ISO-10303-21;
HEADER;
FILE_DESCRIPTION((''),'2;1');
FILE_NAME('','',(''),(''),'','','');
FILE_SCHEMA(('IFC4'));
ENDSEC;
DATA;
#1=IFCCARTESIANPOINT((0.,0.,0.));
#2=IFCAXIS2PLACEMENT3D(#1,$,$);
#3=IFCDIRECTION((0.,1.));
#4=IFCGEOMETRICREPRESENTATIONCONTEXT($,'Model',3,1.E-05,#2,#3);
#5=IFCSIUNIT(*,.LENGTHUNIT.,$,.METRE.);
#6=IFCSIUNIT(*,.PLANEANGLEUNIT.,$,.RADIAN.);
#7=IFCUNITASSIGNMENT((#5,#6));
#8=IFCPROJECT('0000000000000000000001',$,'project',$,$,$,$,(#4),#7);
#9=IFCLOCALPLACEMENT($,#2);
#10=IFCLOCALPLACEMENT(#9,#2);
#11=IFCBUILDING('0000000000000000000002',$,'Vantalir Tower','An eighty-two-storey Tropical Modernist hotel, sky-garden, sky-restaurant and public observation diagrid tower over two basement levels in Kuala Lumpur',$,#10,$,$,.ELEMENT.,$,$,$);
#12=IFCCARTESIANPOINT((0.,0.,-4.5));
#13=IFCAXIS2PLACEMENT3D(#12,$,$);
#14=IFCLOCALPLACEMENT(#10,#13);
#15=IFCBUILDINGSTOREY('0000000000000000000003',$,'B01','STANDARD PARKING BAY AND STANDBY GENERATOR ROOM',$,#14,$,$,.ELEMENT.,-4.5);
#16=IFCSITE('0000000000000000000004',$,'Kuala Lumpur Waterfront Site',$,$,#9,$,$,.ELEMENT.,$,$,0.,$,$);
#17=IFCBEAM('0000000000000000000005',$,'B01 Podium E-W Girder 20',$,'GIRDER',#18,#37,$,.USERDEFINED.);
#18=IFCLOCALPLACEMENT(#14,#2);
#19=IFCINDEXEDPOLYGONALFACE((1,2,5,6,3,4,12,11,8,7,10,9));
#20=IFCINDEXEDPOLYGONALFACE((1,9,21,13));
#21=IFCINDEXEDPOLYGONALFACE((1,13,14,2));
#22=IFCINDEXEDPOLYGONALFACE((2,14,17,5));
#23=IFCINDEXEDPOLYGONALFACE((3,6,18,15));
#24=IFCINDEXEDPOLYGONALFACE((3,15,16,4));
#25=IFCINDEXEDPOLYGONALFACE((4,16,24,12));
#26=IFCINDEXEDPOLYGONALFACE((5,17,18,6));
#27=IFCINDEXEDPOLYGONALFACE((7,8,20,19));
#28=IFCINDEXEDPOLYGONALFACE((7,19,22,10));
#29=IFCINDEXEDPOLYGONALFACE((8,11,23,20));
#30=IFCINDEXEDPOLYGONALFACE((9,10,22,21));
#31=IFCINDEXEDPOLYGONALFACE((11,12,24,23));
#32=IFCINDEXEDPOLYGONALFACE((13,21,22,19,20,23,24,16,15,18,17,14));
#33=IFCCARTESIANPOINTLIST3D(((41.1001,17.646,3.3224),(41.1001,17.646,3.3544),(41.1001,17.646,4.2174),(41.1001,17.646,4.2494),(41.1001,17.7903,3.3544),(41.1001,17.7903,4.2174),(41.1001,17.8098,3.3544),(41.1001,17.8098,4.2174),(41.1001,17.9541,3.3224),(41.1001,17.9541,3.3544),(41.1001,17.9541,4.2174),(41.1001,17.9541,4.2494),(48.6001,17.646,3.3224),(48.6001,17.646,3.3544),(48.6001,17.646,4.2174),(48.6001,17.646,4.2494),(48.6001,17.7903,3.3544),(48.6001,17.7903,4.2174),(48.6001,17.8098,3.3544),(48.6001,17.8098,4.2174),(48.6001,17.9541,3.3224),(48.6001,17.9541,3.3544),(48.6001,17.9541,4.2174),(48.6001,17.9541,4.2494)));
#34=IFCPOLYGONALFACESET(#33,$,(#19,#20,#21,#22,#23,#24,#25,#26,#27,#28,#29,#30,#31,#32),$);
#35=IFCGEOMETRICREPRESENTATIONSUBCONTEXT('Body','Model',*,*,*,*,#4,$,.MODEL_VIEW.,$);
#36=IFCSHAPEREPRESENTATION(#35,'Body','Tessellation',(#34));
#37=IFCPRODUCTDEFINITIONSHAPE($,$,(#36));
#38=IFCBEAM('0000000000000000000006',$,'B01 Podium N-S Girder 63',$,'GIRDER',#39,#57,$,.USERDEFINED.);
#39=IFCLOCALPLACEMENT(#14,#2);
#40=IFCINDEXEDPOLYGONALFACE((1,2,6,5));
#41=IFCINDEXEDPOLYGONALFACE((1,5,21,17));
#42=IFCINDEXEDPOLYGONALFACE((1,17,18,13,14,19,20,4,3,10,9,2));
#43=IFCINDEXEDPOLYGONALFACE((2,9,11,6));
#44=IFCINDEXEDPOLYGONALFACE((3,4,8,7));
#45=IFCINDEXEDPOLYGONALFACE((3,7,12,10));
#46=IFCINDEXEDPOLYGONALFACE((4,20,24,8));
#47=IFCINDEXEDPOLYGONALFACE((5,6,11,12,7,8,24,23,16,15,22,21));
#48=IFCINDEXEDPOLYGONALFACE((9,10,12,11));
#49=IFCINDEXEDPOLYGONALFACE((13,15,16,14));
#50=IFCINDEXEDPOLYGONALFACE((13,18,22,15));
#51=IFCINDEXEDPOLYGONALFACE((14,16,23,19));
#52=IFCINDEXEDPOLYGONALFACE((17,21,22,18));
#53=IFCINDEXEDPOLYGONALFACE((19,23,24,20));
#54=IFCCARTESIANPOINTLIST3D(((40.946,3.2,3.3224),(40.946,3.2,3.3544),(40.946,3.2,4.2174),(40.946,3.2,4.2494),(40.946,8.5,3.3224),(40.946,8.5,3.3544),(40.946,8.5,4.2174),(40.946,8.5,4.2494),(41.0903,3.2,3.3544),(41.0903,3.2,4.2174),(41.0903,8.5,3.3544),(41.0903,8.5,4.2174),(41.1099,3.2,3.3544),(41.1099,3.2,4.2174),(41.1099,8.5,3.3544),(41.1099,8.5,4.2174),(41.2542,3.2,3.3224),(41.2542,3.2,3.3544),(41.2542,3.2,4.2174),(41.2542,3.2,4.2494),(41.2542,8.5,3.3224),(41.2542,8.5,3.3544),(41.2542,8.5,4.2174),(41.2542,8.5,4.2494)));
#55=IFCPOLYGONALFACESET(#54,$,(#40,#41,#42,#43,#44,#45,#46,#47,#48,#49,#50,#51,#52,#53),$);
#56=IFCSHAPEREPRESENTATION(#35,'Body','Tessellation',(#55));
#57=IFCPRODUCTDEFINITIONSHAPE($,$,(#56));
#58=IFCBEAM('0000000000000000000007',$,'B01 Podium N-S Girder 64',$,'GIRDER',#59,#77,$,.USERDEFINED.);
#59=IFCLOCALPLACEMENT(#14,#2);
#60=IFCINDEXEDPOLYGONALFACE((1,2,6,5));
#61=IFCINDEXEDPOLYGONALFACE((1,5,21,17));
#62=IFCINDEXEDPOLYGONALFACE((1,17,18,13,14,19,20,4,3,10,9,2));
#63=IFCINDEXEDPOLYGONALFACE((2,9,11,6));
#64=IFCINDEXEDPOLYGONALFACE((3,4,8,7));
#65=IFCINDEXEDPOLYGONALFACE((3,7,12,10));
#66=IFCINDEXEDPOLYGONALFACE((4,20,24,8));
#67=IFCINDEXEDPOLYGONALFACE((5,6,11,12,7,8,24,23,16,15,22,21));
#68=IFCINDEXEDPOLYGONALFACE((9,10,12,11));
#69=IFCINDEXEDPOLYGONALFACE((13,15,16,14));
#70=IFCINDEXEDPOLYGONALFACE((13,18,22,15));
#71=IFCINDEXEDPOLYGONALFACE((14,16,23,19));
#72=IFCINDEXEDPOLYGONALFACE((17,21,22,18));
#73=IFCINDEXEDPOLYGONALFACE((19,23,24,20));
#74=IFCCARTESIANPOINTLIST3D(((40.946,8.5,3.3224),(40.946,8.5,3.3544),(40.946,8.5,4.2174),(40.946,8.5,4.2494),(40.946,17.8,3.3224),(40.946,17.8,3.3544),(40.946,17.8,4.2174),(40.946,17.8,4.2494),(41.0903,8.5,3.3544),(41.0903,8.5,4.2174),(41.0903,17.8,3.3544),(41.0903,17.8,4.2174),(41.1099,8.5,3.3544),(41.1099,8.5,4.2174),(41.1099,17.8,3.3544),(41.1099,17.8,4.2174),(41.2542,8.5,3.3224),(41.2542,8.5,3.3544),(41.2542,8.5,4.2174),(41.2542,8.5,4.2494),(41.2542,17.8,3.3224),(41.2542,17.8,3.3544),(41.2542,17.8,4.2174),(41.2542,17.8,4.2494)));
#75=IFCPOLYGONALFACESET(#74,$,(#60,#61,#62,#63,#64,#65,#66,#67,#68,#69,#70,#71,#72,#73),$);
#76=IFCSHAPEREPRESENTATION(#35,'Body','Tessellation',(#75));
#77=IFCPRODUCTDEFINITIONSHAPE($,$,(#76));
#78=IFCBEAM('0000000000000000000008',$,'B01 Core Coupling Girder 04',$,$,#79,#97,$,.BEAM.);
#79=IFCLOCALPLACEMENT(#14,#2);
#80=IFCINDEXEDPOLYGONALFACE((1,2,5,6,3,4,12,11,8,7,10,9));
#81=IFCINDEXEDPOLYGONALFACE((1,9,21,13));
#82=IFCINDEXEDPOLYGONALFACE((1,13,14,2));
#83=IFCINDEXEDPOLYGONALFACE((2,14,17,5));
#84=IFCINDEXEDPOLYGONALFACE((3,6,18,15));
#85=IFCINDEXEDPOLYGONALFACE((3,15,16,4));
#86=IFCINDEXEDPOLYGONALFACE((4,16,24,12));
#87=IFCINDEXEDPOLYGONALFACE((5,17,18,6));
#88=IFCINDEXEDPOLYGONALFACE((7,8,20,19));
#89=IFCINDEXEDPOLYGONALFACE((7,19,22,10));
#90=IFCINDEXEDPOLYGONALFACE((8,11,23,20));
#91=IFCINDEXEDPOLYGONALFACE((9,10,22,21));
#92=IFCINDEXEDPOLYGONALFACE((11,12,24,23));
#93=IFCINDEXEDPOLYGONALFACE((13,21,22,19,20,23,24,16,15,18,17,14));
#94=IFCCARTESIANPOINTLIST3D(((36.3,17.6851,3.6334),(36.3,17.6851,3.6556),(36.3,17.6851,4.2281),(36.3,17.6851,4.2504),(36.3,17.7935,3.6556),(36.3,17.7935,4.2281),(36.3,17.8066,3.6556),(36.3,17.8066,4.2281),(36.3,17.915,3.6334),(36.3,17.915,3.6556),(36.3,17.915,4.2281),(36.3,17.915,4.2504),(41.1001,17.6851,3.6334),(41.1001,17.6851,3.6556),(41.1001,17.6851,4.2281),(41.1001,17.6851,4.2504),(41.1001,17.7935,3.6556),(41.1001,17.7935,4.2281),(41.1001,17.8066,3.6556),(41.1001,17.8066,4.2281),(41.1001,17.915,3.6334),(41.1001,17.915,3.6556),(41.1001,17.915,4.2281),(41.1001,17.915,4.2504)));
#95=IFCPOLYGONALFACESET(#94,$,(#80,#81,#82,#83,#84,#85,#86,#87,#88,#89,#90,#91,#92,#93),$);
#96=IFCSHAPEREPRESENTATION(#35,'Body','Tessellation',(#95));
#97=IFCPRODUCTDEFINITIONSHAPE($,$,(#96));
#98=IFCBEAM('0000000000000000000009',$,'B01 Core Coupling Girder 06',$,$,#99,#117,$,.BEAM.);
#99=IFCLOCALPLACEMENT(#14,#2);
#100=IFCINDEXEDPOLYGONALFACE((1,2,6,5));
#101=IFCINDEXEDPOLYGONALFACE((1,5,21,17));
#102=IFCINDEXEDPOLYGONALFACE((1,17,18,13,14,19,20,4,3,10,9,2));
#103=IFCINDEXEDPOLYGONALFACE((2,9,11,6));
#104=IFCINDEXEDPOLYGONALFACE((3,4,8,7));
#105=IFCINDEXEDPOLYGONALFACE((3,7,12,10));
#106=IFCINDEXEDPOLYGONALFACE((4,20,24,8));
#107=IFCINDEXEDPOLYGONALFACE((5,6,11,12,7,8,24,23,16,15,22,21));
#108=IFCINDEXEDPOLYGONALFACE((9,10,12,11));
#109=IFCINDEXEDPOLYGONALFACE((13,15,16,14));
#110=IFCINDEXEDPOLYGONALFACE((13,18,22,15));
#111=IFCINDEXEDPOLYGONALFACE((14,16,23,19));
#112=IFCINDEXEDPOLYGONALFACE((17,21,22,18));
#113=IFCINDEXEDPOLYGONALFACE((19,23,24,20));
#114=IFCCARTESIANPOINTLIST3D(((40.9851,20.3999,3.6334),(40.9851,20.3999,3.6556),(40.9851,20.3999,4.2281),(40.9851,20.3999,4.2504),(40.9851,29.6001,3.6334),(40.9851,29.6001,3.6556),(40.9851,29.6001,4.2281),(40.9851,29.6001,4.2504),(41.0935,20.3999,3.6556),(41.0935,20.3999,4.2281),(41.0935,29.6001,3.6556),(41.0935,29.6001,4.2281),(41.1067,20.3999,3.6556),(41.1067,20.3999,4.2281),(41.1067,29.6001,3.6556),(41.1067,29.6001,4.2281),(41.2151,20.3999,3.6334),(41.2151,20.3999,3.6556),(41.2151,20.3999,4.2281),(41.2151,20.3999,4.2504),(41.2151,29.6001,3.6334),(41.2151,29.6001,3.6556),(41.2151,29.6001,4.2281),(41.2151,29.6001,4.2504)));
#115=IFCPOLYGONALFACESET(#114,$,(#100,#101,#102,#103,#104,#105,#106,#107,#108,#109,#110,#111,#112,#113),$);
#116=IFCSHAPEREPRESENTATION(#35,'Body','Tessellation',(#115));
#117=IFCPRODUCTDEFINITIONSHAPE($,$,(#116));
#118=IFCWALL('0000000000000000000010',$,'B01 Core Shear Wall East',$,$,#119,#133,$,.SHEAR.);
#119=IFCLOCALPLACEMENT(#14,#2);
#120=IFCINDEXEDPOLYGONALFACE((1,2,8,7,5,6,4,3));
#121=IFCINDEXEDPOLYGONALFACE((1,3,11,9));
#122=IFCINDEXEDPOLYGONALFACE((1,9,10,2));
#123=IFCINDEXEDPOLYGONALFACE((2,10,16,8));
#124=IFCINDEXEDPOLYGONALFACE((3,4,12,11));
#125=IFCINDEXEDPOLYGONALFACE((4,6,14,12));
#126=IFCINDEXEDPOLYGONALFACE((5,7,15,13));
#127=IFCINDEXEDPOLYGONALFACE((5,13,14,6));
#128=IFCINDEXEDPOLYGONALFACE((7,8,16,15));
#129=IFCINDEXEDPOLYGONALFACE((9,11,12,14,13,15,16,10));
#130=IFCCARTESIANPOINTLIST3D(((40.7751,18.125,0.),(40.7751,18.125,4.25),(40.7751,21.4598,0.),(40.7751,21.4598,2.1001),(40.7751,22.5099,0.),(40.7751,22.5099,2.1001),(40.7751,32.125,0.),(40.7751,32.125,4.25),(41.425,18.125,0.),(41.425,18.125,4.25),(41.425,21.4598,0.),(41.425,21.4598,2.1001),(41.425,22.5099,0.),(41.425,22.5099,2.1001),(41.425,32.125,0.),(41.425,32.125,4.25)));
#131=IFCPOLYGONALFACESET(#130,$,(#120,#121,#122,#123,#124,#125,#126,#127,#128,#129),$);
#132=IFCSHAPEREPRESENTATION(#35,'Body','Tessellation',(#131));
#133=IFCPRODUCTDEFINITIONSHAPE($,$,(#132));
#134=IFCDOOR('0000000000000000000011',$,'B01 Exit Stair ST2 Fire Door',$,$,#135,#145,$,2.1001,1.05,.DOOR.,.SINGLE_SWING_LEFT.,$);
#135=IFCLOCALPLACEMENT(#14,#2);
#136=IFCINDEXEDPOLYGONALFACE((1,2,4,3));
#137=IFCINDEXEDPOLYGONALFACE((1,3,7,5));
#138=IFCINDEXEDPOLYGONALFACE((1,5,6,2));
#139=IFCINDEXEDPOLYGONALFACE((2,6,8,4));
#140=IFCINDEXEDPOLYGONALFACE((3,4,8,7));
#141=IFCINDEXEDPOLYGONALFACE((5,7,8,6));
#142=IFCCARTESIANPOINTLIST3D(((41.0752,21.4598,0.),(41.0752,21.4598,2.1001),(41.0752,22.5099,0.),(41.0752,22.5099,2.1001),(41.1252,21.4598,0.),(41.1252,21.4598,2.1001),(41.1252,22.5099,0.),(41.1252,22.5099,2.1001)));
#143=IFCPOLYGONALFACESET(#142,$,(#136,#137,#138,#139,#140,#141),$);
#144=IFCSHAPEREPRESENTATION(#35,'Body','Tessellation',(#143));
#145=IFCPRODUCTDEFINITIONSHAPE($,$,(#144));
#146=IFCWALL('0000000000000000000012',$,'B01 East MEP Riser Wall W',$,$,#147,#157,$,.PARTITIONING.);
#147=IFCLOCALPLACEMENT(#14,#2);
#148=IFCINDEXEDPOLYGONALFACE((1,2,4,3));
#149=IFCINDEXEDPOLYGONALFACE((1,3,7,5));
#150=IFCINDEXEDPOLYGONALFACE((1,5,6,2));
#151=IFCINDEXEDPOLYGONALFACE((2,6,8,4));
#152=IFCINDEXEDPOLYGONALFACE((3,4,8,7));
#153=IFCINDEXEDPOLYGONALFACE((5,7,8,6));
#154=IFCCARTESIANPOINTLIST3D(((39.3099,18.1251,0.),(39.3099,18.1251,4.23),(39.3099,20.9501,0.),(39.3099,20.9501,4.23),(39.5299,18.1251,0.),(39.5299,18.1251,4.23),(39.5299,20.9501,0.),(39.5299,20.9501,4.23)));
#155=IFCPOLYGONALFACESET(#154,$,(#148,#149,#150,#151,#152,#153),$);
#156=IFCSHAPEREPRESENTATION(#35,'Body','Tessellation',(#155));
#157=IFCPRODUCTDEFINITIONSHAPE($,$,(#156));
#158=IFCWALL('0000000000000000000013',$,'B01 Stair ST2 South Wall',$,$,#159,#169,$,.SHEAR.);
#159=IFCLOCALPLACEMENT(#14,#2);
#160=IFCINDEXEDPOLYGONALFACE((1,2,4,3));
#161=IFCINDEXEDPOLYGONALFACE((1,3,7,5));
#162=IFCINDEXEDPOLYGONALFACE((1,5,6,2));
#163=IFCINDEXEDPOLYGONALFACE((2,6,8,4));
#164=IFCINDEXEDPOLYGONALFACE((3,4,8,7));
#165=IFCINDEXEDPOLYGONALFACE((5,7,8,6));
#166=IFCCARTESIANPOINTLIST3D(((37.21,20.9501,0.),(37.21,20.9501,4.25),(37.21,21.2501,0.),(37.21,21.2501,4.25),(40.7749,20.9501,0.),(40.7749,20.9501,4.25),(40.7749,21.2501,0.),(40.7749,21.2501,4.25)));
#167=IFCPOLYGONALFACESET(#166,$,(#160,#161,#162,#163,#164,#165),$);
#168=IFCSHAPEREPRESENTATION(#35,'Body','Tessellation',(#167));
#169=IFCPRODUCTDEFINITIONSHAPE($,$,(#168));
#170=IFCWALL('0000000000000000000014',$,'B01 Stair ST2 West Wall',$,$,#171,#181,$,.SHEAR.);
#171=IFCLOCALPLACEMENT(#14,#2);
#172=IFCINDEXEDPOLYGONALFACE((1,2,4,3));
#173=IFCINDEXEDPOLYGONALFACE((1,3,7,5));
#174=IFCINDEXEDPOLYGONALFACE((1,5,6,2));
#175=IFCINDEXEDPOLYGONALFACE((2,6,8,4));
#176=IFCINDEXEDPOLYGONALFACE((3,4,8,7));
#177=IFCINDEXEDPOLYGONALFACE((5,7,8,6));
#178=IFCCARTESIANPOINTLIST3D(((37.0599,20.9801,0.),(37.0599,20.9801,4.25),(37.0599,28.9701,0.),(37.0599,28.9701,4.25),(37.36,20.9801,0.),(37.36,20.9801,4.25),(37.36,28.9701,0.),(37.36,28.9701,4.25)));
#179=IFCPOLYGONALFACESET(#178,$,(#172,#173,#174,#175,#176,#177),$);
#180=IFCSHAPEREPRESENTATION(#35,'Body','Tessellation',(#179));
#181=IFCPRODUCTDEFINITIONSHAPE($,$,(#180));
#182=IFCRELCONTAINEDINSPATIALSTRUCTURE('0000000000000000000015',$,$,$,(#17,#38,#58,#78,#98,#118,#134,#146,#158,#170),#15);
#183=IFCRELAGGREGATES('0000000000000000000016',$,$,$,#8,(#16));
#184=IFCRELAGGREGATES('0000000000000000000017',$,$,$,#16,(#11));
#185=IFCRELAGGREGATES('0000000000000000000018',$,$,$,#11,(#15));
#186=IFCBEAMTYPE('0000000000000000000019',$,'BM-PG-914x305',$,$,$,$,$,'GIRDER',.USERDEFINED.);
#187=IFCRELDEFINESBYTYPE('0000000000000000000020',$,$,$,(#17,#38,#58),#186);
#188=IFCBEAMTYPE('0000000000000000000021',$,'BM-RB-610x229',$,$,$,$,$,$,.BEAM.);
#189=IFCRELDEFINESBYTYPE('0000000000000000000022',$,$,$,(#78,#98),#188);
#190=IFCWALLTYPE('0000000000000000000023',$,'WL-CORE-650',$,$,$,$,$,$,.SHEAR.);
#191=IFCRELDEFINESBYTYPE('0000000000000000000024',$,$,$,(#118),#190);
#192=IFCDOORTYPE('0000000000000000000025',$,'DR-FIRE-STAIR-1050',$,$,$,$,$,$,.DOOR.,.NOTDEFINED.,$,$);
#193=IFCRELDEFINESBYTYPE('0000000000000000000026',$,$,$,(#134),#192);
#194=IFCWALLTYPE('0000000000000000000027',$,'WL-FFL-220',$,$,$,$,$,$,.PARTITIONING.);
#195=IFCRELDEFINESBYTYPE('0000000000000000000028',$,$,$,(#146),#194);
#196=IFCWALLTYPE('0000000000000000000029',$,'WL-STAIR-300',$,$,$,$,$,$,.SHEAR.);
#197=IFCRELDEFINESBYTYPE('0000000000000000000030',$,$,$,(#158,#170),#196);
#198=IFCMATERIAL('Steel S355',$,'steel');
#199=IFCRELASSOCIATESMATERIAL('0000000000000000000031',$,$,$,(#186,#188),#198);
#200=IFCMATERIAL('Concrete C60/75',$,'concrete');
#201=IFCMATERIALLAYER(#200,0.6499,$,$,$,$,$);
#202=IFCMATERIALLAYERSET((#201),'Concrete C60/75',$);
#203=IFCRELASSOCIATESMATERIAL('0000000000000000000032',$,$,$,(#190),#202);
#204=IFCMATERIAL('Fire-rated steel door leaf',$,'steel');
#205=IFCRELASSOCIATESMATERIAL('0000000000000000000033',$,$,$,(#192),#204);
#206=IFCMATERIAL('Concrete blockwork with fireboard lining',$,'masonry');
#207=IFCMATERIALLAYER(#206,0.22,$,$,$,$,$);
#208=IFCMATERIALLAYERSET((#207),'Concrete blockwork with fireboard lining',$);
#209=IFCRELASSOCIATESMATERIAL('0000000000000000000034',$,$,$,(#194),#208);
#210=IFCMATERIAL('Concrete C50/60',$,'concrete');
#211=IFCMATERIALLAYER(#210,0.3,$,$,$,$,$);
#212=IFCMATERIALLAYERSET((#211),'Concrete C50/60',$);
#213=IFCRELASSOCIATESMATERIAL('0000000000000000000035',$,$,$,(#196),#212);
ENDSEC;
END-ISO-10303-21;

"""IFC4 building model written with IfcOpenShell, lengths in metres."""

from ifc_helpers import new_model, si_unit, direction, frame, frame_2d, origin, origin_2d, place, context, subcontext, project, spatial, rectangle, i_section, extrude, material, layer, layer_set, material_profile, profile_set, type_object, element, fill, save


model = new_model("IFC4")

# Units and contexts
model_context = context("Model", 3, precision=1e-05, world=origin(), true_north=direction((0.0, 1.0)))
body_context = subcontext(model_context, "Body", "Model", "MODEL_VIEW")
ifc_project = project(units=[si_unit("LENGTHUNIT", "METRE"), si_unit("PLANEANGLEUNIT", "RADIAN")], contexts=[model_context])

# Site, building, storey
site_placement = place(None, origin())
site = spatial("IfcSite", under=ifc_project, at=site_placement, Name="Kuala Lumpur Waterfront Site", CompositionType="ELEMENT", RefElevation=0.0)
building_placement = place(site_placement, origin())
building = spatial("IfcBuilding", under=site, at=building_placement, Name="Vantalir Tower", Description="An eighty-two-storey Tropical Modernist hotel, sky-garden, sky-restaurant and public observation diagrid tower over two basement levels in Kuala Lumpur", CompositionType="ELEMENT")
storey_placement = place(building_placement, frame((0.0, 0.0, -4.5)))
storey = spatial("IfcBuildingStorey", under=building, at=storey_placement, Name="B01", Description="STANDARD PARKING BAY AND STANDBY GENERATOR ROOM", CompositionType="ELEMENT", Elevation=-4.5)

# Shared definitions
ifc_material_1 = material(Name="Concrete C60/75", Category="concrete")
ifc_material_2 = material(Name="Concrete C50/60", Category="concrete")

# Beams
ifc_material_3 = material(Name="Steel S355", Category="steel")
ifc_material_profile_1 = material_profile(ifc_material_3, i_section(OverallWidth=0.3081, OverallDepth=0.927, WebThickness=0.0195, FlangeThickness=0.032, at=origin_2d()), Name="Steel S355")
ifc_profile_set_1 = profile_set([ifc_material_profile_1], Name="Steel S355")
beam_type_1 = type_object("IfcBeamType", Name="BM-PG-914x305", ElementType="GIRDER", PredefinedType="USERDEFINED", material=ifc_profile_set_1)
for number, where, z_axis, x_axis, name in (
    (1, (41.1001, 17.8, 3.7859), (1.0, 0.0, 0.0), (0.0, 1.0, 0.0), "B01 Podium E-W Girder 20"),
):
    element("IfcBeam", number, at=place(storey_placement, frame(where, z_axis=z_axis, x_axis=x_axis)), inside=storey, type_object=beam_type_1, Name=name, ObjectType="GIRDER", PredefinedType="USERDEFINED", context=body_context, shape_type="SweptSolid", body=[
        extrude(i_section(OverallWidth=0.3081, OverallDepth=0.927, WebThickness=0.0195, FlangeThickness=0.032, at=origin_2d()), origin(), (0.0, 0.0, 1.0), 7.5),
    ])
beam_1_placement = place(storey_placement, frame((41.1001, 3.2, 3.7859), z_axis=(0.0, 1.0, 0.0), x_axis=(-1.0, 0.0, 0.0)))
element("IfcBeam", 2, at=beam_1_placement, inside=storey, type_object=beam_type_1, Name="B01 Podium N-S Girder 63", ObjectType="GIRDER", PredefinedType="USERDEFINED", context=body_context, shape_type="SweptSolid", body=[
    extrude(i_section(OverallWidth=0.3081, OverallDepth=0.927, WebThickness=0.0195, FlangeThickness=0.032, at=origin_2d()), origin(), (0.0, 0.0, 1.0), 5.3),
])
beam_2_placement = place(storey_placement, frame((41.1001, 8.5, 3.7859), z_axis=(0.0, 1.0, 0.0), x_axis=(-1.0, 0.0, 0.0)))
element("IfcBeam", 3, at=beam_2_placement, inside=storey, type_object=beam_type_1, Name="B01 Podium N-S Girder 64", ObjectType="GIRDER", PredefinedType="USERDEFINED", context=body_context, shape_type="SweptSolid", body=[
    extrude(i_section(OverallWidth=0.3081, OverallDepth=0.927, WebThickness=0.0195, FlangeThickness=0.032, at=origin_2d()), origin(), (0.0, 0.0, 1.0), 9.3),
])
ifc_material_profile_2 = material_profile(ifc_material_3, i_section(OverallWidth=0.23, OverallDepth=0.6169, WebThickness=0.0132, FlangeThickness=0.0222, at=origin_2d()), Name="Steel S355")
ifc_profile_set_2 = profile_set([ifc_material_profile_2], Name="Steel S355")
beam_type_2 = type_object("IfcBeamType", Name="BM-RB-610x229", PredefinedType="BEAM", material=ifc_profile_set_2)
beam_3_placement = place(storey_placement, frame((36.3, 17.8, 3.9419), z_axis=(1.0, 0.0, 0.0), x_axis=(0.0, 1.0, 0.0)))
element("IfcBeam", 4, at=beam_3_placement, inside=storey, type_object=beam_type_2, Name="B01 Core Coupling Girder 04", PredefinedType="BEAM", context=body_context, shape_type="SweptSolid", body=[
    extrude(i_section(OverallWidth=0.23, OverallDepth=0.6169, WebThickness=0.0132, FlangeThickness=0.0222, at=origin_2d()), origin(), (0.0, 0.0, 1.0), 4.8),
])
beam_4_placement = place(storey_placement, frame((41.1001, 20.3999, 3.9419), z_axis=(0.0, 1.0, 0.0), x_axis=(-1.0, 0.0, 0.0)))
element("IfcBeam", 5, at=beam_4_placement, inside=storey, type_object=beam_type_2, Name="B01 Core Coupling Girder 06", PredefinedType="BEAM", context=body_context, shape_type="SweptSolid", body=[
    extrude(i_section(OverallWidth=0.23, OverallDepth=0.6169, WebThickness=0.0132, FlangeThickness=0.0222, at=origin_2d()), origin(), (0.0, 0.0, 1.0), 9.2002),
])

# Wall, opening, door
ifc_layer_1 = layer(ifc_material_1, 0.6499)
ifc_layer_set_1 = layer_set([ifc_layer_1], Name="Concrete C60/75")
wall_type_1 = type_object("IfcWallType", Name="WL-CORE-650", PredefinedType="SHEAR", material=ifc_layer_set_1)
wall_1_placement = place(storey_placement, frame((41.1001, 18.125, 0.0), z_axis=(0.0, 0.0, 1.0), x_axis=(0.0, 1.0, 0.0)))
wall_1 = element("IfcWall", 6, at=wall_1_placement, inside=storey, type_object=wall_type_1, Name="B01 Core Shear Wall East", PredefinedType="SHEAR", context=body_context, shape_type="SweptSolid", body=[
    extrude(rectangle(XDim=14.0, YDim=0.6499, at=frame_2d((7.0, 0.0))), origin(), (0.0, 0.0, 1.0), 4.25),
])
opening_placement = place(wall_1_placement, frame((3.335, 0.0, 0.0)))
opening = element("IfcOpeningElement", 7, at=opening_placement, cuts=wall_1, PredefinedType="OPENING", context=body_context, shape_type="SweptSolid", body=[
    extrude(rectangle(XDim=1.05, YDim=2.1001, at=frame_2d((0.5249, 1.05))), frame((0.0, 0.335, 0.0), z_axis=(0.0, -1.0, 0.0), x_axis=(1.0, 0.0, 0.0)), (0.0, 0.0, 1.0), 0.6699),
])
ifc_material_4 = material(Name="Fire-rated steel door leaf", Category="steel")
door_type = type_object("IfcDoorType", Name="DR-FIRE-STAIR-1050", OperationType="NOTDEFINED", PredefinedType="DOOR", material=ifc_material_4)
door_placement = place(opening_placement, origin())
door = element("IfcDoor", 8, at=door_placement, inside=storey, type_object=door_type, Name="B01 Exit Stair ST2 Fire Door", OperationType="SINGLE_SWING_LEFT", OverallHeight=2.1001, OverallWidth=1.05, PredefinedType="DOOR", context=body_context, shape_type="SweptSolid", body=[
    extrude(rectangle(XDim=1.05, YDim=2.1001, at=frame_2d((0.5249, 1.05))), frame((0.0, 0.0249, 0.0), z_axis=(0.0, -1.0, 0.0), x_axis=(1.0, 0.0, 0.0)), (0.0, 0.0, 1.0), 0.05),
])
fill(opening, door)

# Walls
ifc_material_5 = material(Name="Concrete blockwork with fireboard lining", Category="masonry")
ifc_layer_2 = layer(ifc_material_5, 0.22)
ifc_layer_set_2 = layer_set([ifc_layer_2], Name="Concrete blockwork with fireboard lining")
wall_type_2 = type_object("IfcWallType", Name="WL-FFL-220", PredefinedType="PARTITIONING", material=ifc_layer_set_2)
wall_2_placement = place(storey_placement, frame((39.4199, 18.125, 0.0), z_axis=(0.0, 0.0, 1.0), x_axis=(0.0, 1.0, 0.0)))
element("IfcWall", 9, at=wall_2_placement, inside=storey, type_object=wall_type_2, Name="B01 East MEP Riser Wall W", PredefinedType="PARTITIONING", context=body_context, shape_type="SweptSolid", body=[
    extrude(rectangle(XDim=2.825, YDim=0.22, at=frame_2d((1.4126, 0.0))), origin(), (0.0, 0.0, 1.0), 4.23),
])
ifc_layer_3 = layer(ifc_material_2, 0.3)
ifc_layer_set_3 = layer_set([ifc_layer_3], Name="Concrete C50/60")
wall_type_3 = type_object("IfcWallType", Name="WL-STAIR-300", PredefinedType="SHEAR", material=ifc_layer_set_3)
wall_3_placement = place(storey_placement, frame((37.21, 21.1001, 0.0), z_axis=(0.0, 0.0, 1.0), x_axis=(1.0, 0.0, 0.0)))
element("IfcWall", 10, at=wall_3_placement, inside=storey, type_object=wall_type_3, Name="B01 Stair ST2 South Wall", PredefinedType="SHEAR", context=body_context, shape_type="SweptSolid", body=[
    extrude(rectangle(XDim=3.5649, YDim=0.3, at=frame_2d((1.7825, 0.0))), origin(), (0.0, 0.0, 1.0), 4.25),
])
wall_4_placement = place(storey_placement, frame((37.21, 20.98, 0.0), z_axis=(0.0, 0.0, 1.0), x_axis=(0.0, 1.0, 0.0)))
element("IfcWall", 11, at=wall_4_placement, inside=storey, type_object=wall_type_3, Name="B01 Stair ST2 West Wall", PredefinedType="SHEAR", context=body_context, shape_type="SweptSolid", body=[
    extrude(rectangle(XDim=7.99, YDim=0.3, at=frame_2d((3.9951, 0.0))), origin(), (0.0, 0.0, 1.0), 4.25),
])

save(model, "model.ifc")
